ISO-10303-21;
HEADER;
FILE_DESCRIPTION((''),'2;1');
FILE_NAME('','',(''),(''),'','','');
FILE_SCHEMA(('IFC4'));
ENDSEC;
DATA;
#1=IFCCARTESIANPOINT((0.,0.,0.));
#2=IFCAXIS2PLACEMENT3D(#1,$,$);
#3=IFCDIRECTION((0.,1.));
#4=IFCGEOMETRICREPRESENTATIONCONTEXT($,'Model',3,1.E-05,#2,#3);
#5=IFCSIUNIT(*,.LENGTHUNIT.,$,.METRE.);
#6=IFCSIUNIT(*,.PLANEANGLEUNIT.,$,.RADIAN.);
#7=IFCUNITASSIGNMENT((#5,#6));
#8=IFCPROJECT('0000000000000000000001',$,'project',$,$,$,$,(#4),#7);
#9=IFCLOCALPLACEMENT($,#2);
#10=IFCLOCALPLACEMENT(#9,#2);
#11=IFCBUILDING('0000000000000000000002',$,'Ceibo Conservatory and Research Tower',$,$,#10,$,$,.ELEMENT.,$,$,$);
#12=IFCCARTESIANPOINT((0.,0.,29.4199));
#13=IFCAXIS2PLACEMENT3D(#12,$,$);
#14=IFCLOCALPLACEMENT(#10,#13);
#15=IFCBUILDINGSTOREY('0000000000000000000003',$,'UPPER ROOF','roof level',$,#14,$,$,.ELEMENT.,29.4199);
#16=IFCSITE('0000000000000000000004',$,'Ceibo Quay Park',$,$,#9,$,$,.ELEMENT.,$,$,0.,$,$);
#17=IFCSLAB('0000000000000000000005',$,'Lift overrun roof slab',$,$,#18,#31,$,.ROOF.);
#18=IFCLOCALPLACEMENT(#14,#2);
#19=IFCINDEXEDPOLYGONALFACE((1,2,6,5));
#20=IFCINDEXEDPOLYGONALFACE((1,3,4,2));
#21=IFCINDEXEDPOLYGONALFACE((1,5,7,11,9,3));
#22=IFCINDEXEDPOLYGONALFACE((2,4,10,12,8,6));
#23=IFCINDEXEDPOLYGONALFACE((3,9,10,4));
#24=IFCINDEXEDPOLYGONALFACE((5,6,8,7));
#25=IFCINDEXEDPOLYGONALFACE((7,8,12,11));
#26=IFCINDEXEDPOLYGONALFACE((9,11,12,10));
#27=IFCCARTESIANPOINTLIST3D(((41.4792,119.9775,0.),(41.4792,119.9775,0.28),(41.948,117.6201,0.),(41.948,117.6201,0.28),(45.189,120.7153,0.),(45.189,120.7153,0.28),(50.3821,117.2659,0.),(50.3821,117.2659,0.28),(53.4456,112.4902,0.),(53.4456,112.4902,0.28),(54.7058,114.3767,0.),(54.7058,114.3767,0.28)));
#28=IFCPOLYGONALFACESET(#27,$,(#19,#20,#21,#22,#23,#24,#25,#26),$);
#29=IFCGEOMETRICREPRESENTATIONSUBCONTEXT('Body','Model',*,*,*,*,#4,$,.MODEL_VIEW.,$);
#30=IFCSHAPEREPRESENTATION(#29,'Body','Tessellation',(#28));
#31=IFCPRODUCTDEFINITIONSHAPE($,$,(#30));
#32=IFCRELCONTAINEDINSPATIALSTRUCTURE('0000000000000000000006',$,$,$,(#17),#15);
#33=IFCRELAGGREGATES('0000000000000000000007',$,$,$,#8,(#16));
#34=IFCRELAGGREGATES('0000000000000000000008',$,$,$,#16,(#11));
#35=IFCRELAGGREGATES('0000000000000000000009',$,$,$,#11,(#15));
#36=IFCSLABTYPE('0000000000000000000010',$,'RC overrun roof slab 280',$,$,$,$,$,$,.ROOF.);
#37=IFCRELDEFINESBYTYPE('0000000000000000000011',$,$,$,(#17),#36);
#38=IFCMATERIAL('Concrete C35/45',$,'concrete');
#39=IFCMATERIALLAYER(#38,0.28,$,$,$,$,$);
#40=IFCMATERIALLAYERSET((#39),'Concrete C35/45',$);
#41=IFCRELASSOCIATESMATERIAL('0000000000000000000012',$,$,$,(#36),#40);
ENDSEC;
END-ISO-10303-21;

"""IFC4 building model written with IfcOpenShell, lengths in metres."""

from ifc_helpers import new_model, si_unit, direction, frame, origin, place, context, subcontext, project, spatial, polyline, outline, extrude, material, layer, layer_set, type_object, element, save


model = new_model("IFC4")

# Units and contexts
model_context = context("Model", 3, precision=1e-05, world=origin(), true_north=direction((0.0, 1.0)))
body_context = subcontext(model_context, "Body", "Model", "MODEL_VIEW")
ifc_project = project(units=[si_unit("LENGTHUNIT", "METRE"), si_unit("PLANEANGLEUNIT", "RADIAN")], contexts=[model_context])

# Site, building, storey
site_placement = place(None, origin())
site = spatial("IfcSite", under=ifc_project, at=site_placement, Name="Ceibo Quay Park", CompositionType="ELEMENT", RefElevation=0.0)
building_placement = place(site_placement, origin())
building = spatial("IfcBuilding", under=site, at=building_placement, Name="Ceibo Conservatory and Research Tower", CompositionType="ELEMENT")
storey_placement = place(building_placement, frame((0.0, 0.0, 29.4199)))
storey = spatial("IfcBuildingStorey", under=building, at=storey_placement, Name="UPPER ROOF", Description="roof level", CompositionType="ELEMENT", Elevation=29.4199)

# Slab
ifc_material = material(Name="Concrete C35/45", Category="concrete")
ifc_layer = layer(ifc_material, 0.28)
ifc_layer_set = layer_set([ifc_layer], Name="Concrete C35/45")
slab_type = type_object("IfcSlabType", Name="RC overrun roof slab 280", PredefinedType="ROOF", material=ifc_layer_set)
slab_placement = place(storey_placement, origin())
element("IfcSlab", 1, at=slab_placement, inside=storey, type_object=slab_type, Name="Lift overrun roof slab", PredefinedType="ROOF", context=body_context, shape_type="SweptSolid", body=[
    extrude(outline(polyline([(53.4456, 112.4902), (54.7058, 114.3767), (50.3821, 117.2659), (45.189, 120.7153), (41.4792, 119.9775), (41.948, 117.6201), (53.4456, 112.4902)])), origin(), (0.0, 0.0, 1.0), 0.28),
])

save(model, "model.ifc")
